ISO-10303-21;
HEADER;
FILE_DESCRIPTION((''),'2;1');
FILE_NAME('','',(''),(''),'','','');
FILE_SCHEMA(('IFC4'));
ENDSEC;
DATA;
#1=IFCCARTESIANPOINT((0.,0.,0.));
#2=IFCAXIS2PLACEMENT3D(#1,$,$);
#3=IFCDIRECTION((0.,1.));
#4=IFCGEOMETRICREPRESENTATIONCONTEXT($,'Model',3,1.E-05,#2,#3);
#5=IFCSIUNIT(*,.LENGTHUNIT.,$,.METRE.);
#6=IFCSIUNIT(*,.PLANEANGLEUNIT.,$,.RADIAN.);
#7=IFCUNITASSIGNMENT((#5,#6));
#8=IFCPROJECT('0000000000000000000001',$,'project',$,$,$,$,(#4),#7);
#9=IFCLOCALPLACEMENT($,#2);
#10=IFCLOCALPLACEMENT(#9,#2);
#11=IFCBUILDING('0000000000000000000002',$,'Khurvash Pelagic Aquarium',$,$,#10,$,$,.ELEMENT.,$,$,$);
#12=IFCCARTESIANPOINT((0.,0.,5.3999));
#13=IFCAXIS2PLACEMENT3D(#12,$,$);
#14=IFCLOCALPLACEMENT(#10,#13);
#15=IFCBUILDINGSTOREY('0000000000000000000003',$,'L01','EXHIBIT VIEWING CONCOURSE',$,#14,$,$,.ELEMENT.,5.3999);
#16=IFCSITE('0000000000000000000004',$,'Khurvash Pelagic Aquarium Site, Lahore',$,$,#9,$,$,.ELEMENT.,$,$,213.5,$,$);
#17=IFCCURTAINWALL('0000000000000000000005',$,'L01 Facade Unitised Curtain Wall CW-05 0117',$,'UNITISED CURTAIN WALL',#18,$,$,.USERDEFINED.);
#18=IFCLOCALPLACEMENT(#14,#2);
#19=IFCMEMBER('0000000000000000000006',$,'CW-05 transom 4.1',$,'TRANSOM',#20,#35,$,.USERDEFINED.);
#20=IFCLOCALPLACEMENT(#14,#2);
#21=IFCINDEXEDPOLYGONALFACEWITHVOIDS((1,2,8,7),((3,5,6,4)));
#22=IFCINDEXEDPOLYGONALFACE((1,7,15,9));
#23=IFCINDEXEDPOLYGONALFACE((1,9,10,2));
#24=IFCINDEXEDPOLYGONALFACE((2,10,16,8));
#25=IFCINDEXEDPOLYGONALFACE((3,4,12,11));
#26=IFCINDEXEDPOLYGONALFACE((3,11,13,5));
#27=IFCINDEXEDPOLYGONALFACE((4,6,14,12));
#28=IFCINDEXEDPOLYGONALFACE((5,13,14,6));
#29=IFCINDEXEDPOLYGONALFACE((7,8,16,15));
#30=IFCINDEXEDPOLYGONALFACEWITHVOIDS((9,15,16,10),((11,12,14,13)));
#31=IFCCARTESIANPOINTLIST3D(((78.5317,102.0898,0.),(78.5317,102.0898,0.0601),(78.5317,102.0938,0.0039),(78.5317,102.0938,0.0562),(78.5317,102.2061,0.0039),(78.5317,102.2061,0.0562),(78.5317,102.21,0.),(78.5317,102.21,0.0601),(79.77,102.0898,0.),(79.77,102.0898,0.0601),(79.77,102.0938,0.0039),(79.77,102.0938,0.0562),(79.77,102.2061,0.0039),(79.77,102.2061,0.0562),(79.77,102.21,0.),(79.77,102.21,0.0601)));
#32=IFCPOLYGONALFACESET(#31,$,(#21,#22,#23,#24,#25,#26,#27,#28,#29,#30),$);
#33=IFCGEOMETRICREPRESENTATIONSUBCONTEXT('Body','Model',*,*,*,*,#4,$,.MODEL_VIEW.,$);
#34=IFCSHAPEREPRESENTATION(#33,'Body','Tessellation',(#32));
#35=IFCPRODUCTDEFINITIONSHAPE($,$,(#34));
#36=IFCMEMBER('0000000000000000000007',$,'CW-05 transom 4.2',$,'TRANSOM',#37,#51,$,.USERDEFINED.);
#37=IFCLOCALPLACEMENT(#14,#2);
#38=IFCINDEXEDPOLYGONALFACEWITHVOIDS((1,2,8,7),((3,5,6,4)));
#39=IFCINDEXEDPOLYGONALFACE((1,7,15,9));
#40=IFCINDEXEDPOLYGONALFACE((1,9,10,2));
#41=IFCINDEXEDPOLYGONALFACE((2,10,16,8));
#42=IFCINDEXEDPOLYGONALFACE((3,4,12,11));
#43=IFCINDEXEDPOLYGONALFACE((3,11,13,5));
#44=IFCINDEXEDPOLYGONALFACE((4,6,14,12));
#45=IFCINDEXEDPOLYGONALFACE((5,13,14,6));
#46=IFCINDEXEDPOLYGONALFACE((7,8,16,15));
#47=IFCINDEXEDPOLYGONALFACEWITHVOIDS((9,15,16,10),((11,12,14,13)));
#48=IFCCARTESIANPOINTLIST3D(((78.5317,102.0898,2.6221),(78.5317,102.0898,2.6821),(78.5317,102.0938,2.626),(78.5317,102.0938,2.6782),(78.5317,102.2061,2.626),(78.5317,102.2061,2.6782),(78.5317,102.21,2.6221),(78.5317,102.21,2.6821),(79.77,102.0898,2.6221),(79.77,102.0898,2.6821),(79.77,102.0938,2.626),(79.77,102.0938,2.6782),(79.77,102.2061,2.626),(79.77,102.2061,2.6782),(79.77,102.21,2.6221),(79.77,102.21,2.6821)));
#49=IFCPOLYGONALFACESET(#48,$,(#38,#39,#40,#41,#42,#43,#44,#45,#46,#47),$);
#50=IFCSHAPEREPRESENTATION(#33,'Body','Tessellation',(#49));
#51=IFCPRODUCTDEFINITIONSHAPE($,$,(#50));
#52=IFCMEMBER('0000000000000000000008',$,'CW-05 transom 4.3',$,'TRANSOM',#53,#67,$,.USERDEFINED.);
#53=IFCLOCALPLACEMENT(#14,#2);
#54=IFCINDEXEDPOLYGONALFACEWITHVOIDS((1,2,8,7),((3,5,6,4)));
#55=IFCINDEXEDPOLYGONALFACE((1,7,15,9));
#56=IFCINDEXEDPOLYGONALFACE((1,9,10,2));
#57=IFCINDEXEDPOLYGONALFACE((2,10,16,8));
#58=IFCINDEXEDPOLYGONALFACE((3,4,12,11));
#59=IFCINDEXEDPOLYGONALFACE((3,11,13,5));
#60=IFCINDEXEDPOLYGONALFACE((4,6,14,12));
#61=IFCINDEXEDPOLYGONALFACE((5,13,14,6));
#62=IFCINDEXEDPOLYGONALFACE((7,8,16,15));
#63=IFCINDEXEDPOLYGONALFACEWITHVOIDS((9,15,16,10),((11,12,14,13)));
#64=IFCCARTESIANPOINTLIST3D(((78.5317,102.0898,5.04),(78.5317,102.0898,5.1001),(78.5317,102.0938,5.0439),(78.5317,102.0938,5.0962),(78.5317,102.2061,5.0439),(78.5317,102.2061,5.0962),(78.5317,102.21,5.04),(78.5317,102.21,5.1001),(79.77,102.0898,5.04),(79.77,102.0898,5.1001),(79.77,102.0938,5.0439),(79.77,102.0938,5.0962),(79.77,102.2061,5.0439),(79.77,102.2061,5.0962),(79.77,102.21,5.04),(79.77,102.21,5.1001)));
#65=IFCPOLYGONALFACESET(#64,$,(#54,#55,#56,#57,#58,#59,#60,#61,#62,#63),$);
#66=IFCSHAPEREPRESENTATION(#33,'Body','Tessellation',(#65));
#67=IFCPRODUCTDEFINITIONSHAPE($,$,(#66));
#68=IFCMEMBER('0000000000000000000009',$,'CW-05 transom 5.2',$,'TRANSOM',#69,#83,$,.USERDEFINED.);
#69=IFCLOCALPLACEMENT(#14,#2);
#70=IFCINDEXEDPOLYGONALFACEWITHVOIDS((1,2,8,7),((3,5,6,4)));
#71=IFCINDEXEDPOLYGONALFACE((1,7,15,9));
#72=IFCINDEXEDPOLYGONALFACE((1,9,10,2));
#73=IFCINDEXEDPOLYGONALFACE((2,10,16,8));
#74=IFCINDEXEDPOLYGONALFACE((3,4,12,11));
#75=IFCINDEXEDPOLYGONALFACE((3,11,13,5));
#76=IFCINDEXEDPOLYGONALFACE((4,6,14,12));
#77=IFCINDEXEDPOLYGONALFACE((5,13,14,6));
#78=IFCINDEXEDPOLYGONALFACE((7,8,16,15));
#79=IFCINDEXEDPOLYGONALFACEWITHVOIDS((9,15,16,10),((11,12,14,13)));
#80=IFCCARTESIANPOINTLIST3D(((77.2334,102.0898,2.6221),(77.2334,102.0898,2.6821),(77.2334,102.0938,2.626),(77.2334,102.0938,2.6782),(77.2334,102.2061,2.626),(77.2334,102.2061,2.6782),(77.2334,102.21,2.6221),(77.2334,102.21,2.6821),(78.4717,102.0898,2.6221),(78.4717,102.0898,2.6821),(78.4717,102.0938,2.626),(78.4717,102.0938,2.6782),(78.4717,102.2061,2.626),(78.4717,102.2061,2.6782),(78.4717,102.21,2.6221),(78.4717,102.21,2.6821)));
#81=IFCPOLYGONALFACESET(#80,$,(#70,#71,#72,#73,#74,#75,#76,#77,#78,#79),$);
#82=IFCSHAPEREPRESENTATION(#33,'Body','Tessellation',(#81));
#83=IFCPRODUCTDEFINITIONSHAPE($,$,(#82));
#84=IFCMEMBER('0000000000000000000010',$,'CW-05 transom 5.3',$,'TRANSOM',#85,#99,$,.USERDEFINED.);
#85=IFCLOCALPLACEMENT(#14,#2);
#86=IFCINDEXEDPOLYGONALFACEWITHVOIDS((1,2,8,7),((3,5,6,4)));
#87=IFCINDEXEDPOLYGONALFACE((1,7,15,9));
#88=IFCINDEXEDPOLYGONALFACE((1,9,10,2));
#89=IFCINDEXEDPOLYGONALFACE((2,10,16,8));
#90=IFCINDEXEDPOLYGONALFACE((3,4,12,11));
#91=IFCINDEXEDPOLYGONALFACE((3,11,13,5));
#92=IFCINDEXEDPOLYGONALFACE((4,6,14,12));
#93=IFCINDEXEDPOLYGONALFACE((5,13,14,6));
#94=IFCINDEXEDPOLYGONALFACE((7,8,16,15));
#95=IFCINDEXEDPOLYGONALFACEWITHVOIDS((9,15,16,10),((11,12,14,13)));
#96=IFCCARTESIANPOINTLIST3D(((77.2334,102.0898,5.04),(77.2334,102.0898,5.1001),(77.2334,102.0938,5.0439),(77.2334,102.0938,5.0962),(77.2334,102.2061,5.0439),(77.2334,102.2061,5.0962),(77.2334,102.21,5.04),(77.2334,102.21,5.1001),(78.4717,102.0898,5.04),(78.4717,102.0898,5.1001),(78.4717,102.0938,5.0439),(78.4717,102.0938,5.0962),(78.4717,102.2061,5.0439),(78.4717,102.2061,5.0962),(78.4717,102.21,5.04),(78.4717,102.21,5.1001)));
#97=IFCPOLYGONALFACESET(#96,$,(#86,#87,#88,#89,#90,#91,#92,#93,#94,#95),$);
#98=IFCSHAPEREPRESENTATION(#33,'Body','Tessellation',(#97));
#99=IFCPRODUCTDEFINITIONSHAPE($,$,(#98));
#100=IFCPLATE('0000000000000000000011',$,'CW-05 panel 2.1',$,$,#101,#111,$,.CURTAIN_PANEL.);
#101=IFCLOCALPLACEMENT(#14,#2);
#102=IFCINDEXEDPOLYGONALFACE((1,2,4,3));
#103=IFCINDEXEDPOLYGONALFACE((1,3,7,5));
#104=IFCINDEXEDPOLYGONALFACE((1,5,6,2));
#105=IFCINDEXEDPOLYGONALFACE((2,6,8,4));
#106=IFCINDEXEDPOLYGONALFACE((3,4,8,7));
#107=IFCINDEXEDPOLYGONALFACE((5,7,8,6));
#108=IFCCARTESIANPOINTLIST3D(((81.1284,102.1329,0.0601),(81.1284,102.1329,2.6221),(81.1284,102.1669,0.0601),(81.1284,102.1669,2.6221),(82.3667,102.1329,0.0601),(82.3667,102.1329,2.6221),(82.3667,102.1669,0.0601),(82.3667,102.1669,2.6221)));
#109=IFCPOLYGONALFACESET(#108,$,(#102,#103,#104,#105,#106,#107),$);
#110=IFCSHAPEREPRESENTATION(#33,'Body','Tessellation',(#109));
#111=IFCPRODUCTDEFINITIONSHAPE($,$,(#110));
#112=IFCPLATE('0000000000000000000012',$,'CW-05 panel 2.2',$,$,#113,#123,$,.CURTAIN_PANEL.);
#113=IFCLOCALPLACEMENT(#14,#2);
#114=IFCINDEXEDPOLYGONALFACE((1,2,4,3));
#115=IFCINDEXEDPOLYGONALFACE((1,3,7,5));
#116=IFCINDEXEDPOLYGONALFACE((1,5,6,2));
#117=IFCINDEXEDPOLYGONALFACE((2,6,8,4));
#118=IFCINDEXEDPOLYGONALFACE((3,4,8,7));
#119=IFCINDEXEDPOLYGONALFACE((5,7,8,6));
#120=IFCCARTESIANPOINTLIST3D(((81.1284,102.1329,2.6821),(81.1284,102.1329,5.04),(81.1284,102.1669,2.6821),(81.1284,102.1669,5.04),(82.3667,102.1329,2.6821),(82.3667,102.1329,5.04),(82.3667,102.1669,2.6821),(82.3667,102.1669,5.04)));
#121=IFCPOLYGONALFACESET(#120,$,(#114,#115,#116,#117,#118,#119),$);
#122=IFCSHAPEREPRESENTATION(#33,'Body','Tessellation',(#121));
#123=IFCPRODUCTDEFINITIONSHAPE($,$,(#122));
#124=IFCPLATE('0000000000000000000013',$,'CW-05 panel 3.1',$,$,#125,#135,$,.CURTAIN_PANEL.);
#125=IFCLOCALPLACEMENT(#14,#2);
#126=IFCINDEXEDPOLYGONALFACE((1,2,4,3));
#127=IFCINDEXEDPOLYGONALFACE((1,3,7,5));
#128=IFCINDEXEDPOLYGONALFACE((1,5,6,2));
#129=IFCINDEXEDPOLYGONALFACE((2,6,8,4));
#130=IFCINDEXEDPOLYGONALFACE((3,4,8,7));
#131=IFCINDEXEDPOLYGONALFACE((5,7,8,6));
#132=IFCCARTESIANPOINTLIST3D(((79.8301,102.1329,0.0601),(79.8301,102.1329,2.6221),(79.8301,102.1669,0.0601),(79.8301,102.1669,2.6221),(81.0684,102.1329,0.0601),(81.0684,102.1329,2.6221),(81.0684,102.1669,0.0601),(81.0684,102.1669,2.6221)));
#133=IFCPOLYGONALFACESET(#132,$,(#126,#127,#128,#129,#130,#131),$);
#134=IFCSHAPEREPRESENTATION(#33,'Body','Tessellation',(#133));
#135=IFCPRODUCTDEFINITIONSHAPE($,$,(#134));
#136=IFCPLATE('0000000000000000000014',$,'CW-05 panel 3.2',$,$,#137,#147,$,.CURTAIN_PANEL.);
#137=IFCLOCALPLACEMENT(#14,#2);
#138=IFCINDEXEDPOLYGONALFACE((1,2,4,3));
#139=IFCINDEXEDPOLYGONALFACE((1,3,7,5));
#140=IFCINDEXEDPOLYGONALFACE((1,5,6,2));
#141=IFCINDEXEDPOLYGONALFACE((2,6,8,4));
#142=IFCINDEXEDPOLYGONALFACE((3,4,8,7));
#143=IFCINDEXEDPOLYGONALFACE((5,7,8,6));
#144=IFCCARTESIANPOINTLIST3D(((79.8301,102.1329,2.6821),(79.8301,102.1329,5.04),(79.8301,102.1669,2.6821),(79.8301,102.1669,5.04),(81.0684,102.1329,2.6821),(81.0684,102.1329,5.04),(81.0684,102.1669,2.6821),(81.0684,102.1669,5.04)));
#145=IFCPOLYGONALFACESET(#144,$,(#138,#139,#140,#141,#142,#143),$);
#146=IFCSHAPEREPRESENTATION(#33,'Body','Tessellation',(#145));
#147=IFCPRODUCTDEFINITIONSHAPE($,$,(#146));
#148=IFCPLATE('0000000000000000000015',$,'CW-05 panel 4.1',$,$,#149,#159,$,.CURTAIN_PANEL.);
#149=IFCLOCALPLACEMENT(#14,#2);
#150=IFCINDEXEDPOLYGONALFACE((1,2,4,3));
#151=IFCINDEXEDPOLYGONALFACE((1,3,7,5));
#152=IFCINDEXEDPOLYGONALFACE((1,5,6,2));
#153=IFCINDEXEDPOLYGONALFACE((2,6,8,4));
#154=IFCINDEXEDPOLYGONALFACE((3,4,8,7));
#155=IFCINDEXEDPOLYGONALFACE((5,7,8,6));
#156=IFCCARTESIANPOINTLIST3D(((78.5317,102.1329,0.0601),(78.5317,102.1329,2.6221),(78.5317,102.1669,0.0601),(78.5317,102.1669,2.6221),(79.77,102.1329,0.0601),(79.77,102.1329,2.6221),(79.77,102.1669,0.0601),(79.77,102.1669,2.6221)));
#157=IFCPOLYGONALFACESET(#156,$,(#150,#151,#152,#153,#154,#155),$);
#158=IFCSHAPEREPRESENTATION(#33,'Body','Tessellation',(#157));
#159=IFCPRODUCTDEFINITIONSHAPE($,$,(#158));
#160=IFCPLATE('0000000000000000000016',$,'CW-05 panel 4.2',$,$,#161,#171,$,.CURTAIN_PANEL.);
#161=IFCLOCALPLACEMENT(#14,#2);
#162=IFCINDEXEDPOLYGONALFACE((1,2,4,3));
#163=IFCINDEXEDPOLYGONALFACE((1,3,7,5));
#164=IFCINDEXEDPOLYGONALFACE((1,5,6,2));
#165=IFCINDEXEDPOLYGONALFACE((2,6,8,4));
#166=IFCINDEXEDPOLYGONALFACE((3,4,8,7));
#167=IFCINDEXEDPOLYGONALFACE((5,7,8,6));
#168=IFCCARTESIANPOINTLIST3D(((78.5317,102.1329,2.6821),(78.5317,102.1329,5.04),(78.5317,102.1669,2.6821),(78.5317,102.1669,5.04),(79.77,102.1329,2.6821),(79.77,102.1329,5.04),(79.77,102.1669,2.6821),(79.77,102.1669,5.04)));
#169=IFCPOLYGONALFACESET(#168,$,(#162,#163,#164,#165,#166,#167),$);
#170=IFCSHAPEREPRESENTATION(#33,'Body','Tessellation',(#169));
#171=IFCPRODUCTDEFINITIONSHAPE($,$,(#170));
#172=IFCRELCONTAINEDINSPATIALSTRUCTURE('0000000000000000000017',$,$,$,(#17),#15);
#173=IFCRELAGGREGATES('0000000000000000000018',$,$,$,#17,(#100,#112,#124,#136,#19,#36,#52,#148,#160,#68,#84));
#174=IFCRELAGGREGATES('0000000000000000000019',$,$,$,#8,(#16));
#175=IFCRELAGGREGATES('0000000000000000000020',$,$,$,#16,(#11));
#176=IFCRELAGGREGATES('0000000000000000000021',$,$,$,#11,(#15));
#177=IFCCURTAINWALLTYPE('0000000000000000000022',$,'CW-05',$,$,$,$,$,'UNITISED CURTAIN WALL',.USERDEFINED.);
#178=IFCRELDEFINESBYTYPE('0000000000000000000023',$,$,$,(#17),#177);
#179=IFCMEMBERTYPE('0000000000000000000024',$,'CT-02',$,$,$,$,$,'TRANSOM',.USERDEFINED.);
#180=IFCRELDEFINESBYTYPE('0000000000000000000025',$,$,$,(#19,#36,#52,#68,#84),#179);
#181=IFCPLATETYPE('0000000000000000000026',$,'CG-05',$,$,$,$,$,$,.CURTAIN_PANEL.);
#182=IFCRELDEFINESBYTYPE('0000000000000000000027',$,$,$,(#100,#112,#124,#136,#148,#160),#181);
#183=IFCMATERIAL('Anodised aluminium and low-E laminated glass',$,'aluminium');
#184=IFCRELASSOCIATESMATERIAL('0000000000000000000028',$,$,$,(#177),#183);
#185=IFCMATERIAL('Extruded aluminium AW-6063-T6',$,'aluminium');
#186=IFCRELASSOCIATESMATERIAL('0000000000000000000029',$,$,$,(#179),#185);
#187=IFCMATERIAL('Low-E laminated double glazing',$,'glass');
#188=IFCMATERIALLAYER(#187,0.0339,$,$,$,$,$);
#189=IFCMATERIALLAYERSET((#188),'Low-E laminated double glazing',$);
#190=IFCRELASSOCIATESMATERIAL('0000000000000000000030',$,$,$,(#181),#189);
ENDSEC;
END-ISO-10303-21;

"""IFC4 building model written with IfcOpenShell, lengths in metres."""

from ifc_helpers import new_model, si_unit, direction, frame, origin, origin_2d, place, context, subcontext, project, spatial, rectangle, hollow_rectangle, extrude, material, layer, layer_set, material_profile, profile_set, type_object, element, aggregate, save


model = new_model("IFC4")

# Units and contexts
model_context = context("Model", 3, precision=1e-05, world=origin(), true_north=direction((0.0, 1.0)))
body_context = subcontext(model_context, "Body", "Model", "MODEL_VIEW")
ifc_project = project(units=[si_unit("LENGTHUNIT", "METRE"), si_unit("PLANEANGLEUNIT", "RADIAN")], contexts=[model_context])

# Site, building, storey
site_placement = place(None, origin())
site = spatial("IfcSite", under=ifc_project, at=site_placement, Name="Khurvash Pelagic Aquarium Site, Lahore", CompositionType="ELEMENT", RefElevation=213.5)
building_placement = place(site_placement, origin())
building = spatial("IfcBuilding", under=site, at=building_placement, Name="Khurvash Pelagic Aquarium", CompositionType="ELEMENT")
storey_placement = place(building_placement, frame((0.0, 0.0, 5.3999)))
storey = spatial("IfcBuildingStorey", under=building, at=storey_placement, Name="L01", Description="EXHIBIT VIEWING CONCOURSE", CompositionType="ELEMENT", Elevation=5.3999)

# Curtain wall, members, plates
ifc_material_1 = material(Name="Anodised aluminium and low-E laminated glass", Category="aluminium")
curtain_wall_type = type_object("IfcCurtainWallType", Name="CW-05", ElementType="UNITISED CURTAIN WALL", PredefinedType="USERDEFINED", material=ifc_material_1)
curtain_wall_placement = place(storey_placement, origin())
curtain_wall = element("IfcCurtainWall", 1, at=curtain_wall_placement, inside=storey, type_object=curtain_wall_type, Name="L01 Facade Unitised Curtain Wall CW-05 0117", ObjectType="UNITISED CURTAIN WALL", PredefinedType="USERDEFINED")
ifc_material_2 = material(Name="Extruded aluminium AW-6063-T6", Category="aluminium")
ifc_material_profile_1 = material_profile(ifc_material_2, hollow_rectangle(XDim=0.1201, YDim=0.0601, WallThickness=0.0039, at=origin_2d()), Name="CWT120X60X4")
ifc_profile_set_1 = profile_set([ifc_material_profile_1], Name="Extruded aluminium AW-6063-T6")
member_type_1 = type_object("IfcMemberType", Name="CT-02", ElementType="TRANSOM", PredefinedType="USERDEFINED", material=ifc_profile_set_1)
member_1_placement = place(storey_placement, frame((79.77, 102.1499, 0.03), z_axis=(-1.0, 0.0, 0.0), x_axis=(0.0, -1.0, 0.0)))
member_1 = element("IfcMember", 2, at=member_1_placement, type_object=member_type_1, Name="CW-05 transom 4.1", ObjectType="TRANSOM", PredefinedType="USERDEFINED", context=body_context, shape_type="SweptSolid", body=[
    extrude(hollow_rectangle(XDim=0.1201, YDim=0.0601, WallThickness=0.0039, at=origin_2d()), origin(), (0.0, 0.0, 1.0), 1.2383),
])
member_2_placement = place(storey_placement, frame((79.77, 102.1499, 2.6521), z_axis=(-1.0, 0.0, 0.0), x_axis=(0.0, -1.0, 0.0)))
member_2 = element("IfcMember", 3, at=member_2_placement, type_object=member_type_1, Name="CW-05 transom 4.2", ObjectType="TRANSOM", PredefinedType="USERDEFINED", context=body_context, shape_type="SweptSolid", body=[
    extrude(hollow_rectangle(XDim=0.1201, YDim=0.0601, WallThickness=0.0039, at=origin_2d()), origin(), (0.0, 0.0, 1.0), 1.2383),
])
member_3_placement = place(storey_placement, frame((79.77, 102.1499, 5.0701), z_axis=(-1.0, 0.0, 0.0), x_axis=(0.0, -1.0, 0.0)))
member_3 = element("IfcMember", 4, at=member_3_placement, type_object=member_type_1, Name="CW-05 transom 4.3", ObjectType="TRANSOM", PredefinedType="USERDEFINED", context=body_context, shape_type="SweptSolid", body=[
    extrude(hollow_rectangle(XDim=0.1201, YDim=0.0601, WallThickness=0.0039, at=origin_2d()), origin(), (0.0, 0.0, 1.0), 1.2383),
])
member_4_placement = place(storey_placement, frame((78.4717, 102.1499, 2.6521), z_axis=(-1.0, 0.0, 0.0), x_axis=(0.0, -1.0, 0.0)))
member_4 = element("IfcMember", 5, at=member_4_placement, type_object=member_type_1, Name="CW-05 transom 5.2", ObjectType="TRANSOM", PredefinedType="USERDEFINED", context=body_context, shape_type="SweptSolid", body=[
    extrude(hollow_rectangle(XDim=0.1201, YDim=0.0601, WallThickness=0.0039, at=origin_2d()), origin(), (0.0, 0.0, 1.0), 1.2383),
])
member_5_placement = place(storey_placement, frame((78.4717, 102.1499, 5.0701), z_axis=(-1.0, 0.0, 0.0), x_axis=(0.0, -1.0, 0.0)))
member_5 = element("IfcMember", 6, at=member_5_placement, type_object=member_type_1, Name="CW-05 transom 5.3", ObjectType="TRANSOM", PredefinedType="USERDEFINED", context=body_context, shape_type="SweptSolid", body=[
    extrude(hollow_rectangle(XDim=0.1201, YDim=0.0601, WallThickness=0.0039, at=origin_2d()), origin(), (0.0, 0.0, 1.0), 1.2383),
])
ifc_material_3 = material(Name="Low-E laminated double glazing", Category="glass")
ifc_layer = layer(ifc_material_3, 0.0339)
ifc_layer_set = layer_set([ifc_layer], Name="Low-E laminated double glazing")
plate_type = type_object("IfcPlateType", Name="CG-05", PredefinedType="CURTAIN_PANEL", material=ifc_layer_set)
plate_1_placement = place(storey_placement, frame((81.7476, 102.1499, 0.0601), z_axis=(0.0, 0.0, 1.0), x_axis=(-1.0, 0.0, 0.0)))
plate_1 = element("IfcPlate", 7, at=plate_1_placement, type_object=plate_type, Name="CW-05 panel 2.1", PredefinedType="CURTAIN_PANEL", context=body_context, shape_type="SweptSolid", body=[
    extrude(rectangle(XDim=1.2383, YDim=0.0339, at=origin_2d()), origin(), (0.0, 0.0, 1.0), 2.562),
])
plate_2_placement = place(storey_placement, frame((81.7476, 102.1499, 2.6821), z_axis=(0.0, 0.0, 1.0), x_axis=(-1.0, 0.0, 0.0)))
plate_2 = element("IfcPlate", 8, at=plate_2_placement, type_object=plate_type, Name="CW-05 panel 2.2", PredefinedType="CURTAIN_PANEL", context=body_context, shape_type="SweptSolid", body=[
    extrude(rectangle(XDim=1.2383, YDim=0.0339, at=origin_2d()), origin(), (0.0, 0.0, 1.0), 2.3579),
])
plate_3_placement = place(storey_placement, frame((80.4492, 102.1499, 0.0601), z_axis=(0.0, 0.0, 1.0), x_axis=(-1.0, 0.0, 0.0)))
plate_3 = element("IfcPlate", 9, at=plate_3_placement, type_object=plate_type, Name="CW-05 panel 3.1", PredefinedType="CURTAIN_PANEL", context=body_context, shape_type="SweptSolid", body=[
    extrude(rectangle(XDim=1.2383, YDim=0.0339, at=origin_2d()), origin(), (0.0, 0.0, 1.0), 2.562),
])
plate_4_placement = place(storey_placement, frame((80.4492, 102.1499, 2.6821), z_axis=(0.0, 0.0, 1.0), x_axis=(-1.0, 0.0, 0.0)))
plate_4 = element("IfcPlate", 10, at=plate_4_placement, type_object=plate_type, Name="CW-05 panel 3.2", PredefinedType="CURTAIN_PANEL", context=body_context, shape_type="SweptSolid", body=[
    extrude(rectangle(XDim=1.2383, YDim=0.0339, at=origin_2d()), origin(), (0.0, 0.0, 1.0), 2.3579),
])
plate_5_placement = place(storey_placement, frame((79.1509, 102.1499, 0.0601), z_axis=(0.0, 0.0, 1.0), x_axis=(-1.0, 0.0, 0.0)))
plate_5 = element("IfcPlate", 11, at=plate_5_placement, type_object=plate_type, Name="CW-05 panel 4.1", PredefinedType="CURTAIN_PANEL", context=body_context, shape_type="SweptSolid", body=[
    extrude(rectangle(XDim=1.2383, YDim=0.0339, at=origin_2d()), origin(), (0.0, 0.0, 1.0), 2.562),
])
plate_6_placement = place(storey_placement, frame((79.1509, 102.1499, 2.6821), z_axis=(0.0, 0.0, 1.0), x_axis=(-1.0, 0.0, 0.0)))
plate_6 = element("IfcPlate", 12, at=plate_6_placement, type_object=plate_type, Name="CW-05 panel 4.2", PredefinedType="CURTAIN_PANEL", context=body_context, shape_type="SweptSolid", body=[
    extrude(rectangle(XDim=1.2383, YDim=0.0339, at=origin_2d()), origin(), (0.0, 0.0, 1.0), 2.3579),
])
aggregate(curtain_wall, [plate_1, plate_2, plate_3, plate_4, member_1, member_2, member_3, plate_5, plate_6, member_4, member_5])

save(model, "model.ifc")
